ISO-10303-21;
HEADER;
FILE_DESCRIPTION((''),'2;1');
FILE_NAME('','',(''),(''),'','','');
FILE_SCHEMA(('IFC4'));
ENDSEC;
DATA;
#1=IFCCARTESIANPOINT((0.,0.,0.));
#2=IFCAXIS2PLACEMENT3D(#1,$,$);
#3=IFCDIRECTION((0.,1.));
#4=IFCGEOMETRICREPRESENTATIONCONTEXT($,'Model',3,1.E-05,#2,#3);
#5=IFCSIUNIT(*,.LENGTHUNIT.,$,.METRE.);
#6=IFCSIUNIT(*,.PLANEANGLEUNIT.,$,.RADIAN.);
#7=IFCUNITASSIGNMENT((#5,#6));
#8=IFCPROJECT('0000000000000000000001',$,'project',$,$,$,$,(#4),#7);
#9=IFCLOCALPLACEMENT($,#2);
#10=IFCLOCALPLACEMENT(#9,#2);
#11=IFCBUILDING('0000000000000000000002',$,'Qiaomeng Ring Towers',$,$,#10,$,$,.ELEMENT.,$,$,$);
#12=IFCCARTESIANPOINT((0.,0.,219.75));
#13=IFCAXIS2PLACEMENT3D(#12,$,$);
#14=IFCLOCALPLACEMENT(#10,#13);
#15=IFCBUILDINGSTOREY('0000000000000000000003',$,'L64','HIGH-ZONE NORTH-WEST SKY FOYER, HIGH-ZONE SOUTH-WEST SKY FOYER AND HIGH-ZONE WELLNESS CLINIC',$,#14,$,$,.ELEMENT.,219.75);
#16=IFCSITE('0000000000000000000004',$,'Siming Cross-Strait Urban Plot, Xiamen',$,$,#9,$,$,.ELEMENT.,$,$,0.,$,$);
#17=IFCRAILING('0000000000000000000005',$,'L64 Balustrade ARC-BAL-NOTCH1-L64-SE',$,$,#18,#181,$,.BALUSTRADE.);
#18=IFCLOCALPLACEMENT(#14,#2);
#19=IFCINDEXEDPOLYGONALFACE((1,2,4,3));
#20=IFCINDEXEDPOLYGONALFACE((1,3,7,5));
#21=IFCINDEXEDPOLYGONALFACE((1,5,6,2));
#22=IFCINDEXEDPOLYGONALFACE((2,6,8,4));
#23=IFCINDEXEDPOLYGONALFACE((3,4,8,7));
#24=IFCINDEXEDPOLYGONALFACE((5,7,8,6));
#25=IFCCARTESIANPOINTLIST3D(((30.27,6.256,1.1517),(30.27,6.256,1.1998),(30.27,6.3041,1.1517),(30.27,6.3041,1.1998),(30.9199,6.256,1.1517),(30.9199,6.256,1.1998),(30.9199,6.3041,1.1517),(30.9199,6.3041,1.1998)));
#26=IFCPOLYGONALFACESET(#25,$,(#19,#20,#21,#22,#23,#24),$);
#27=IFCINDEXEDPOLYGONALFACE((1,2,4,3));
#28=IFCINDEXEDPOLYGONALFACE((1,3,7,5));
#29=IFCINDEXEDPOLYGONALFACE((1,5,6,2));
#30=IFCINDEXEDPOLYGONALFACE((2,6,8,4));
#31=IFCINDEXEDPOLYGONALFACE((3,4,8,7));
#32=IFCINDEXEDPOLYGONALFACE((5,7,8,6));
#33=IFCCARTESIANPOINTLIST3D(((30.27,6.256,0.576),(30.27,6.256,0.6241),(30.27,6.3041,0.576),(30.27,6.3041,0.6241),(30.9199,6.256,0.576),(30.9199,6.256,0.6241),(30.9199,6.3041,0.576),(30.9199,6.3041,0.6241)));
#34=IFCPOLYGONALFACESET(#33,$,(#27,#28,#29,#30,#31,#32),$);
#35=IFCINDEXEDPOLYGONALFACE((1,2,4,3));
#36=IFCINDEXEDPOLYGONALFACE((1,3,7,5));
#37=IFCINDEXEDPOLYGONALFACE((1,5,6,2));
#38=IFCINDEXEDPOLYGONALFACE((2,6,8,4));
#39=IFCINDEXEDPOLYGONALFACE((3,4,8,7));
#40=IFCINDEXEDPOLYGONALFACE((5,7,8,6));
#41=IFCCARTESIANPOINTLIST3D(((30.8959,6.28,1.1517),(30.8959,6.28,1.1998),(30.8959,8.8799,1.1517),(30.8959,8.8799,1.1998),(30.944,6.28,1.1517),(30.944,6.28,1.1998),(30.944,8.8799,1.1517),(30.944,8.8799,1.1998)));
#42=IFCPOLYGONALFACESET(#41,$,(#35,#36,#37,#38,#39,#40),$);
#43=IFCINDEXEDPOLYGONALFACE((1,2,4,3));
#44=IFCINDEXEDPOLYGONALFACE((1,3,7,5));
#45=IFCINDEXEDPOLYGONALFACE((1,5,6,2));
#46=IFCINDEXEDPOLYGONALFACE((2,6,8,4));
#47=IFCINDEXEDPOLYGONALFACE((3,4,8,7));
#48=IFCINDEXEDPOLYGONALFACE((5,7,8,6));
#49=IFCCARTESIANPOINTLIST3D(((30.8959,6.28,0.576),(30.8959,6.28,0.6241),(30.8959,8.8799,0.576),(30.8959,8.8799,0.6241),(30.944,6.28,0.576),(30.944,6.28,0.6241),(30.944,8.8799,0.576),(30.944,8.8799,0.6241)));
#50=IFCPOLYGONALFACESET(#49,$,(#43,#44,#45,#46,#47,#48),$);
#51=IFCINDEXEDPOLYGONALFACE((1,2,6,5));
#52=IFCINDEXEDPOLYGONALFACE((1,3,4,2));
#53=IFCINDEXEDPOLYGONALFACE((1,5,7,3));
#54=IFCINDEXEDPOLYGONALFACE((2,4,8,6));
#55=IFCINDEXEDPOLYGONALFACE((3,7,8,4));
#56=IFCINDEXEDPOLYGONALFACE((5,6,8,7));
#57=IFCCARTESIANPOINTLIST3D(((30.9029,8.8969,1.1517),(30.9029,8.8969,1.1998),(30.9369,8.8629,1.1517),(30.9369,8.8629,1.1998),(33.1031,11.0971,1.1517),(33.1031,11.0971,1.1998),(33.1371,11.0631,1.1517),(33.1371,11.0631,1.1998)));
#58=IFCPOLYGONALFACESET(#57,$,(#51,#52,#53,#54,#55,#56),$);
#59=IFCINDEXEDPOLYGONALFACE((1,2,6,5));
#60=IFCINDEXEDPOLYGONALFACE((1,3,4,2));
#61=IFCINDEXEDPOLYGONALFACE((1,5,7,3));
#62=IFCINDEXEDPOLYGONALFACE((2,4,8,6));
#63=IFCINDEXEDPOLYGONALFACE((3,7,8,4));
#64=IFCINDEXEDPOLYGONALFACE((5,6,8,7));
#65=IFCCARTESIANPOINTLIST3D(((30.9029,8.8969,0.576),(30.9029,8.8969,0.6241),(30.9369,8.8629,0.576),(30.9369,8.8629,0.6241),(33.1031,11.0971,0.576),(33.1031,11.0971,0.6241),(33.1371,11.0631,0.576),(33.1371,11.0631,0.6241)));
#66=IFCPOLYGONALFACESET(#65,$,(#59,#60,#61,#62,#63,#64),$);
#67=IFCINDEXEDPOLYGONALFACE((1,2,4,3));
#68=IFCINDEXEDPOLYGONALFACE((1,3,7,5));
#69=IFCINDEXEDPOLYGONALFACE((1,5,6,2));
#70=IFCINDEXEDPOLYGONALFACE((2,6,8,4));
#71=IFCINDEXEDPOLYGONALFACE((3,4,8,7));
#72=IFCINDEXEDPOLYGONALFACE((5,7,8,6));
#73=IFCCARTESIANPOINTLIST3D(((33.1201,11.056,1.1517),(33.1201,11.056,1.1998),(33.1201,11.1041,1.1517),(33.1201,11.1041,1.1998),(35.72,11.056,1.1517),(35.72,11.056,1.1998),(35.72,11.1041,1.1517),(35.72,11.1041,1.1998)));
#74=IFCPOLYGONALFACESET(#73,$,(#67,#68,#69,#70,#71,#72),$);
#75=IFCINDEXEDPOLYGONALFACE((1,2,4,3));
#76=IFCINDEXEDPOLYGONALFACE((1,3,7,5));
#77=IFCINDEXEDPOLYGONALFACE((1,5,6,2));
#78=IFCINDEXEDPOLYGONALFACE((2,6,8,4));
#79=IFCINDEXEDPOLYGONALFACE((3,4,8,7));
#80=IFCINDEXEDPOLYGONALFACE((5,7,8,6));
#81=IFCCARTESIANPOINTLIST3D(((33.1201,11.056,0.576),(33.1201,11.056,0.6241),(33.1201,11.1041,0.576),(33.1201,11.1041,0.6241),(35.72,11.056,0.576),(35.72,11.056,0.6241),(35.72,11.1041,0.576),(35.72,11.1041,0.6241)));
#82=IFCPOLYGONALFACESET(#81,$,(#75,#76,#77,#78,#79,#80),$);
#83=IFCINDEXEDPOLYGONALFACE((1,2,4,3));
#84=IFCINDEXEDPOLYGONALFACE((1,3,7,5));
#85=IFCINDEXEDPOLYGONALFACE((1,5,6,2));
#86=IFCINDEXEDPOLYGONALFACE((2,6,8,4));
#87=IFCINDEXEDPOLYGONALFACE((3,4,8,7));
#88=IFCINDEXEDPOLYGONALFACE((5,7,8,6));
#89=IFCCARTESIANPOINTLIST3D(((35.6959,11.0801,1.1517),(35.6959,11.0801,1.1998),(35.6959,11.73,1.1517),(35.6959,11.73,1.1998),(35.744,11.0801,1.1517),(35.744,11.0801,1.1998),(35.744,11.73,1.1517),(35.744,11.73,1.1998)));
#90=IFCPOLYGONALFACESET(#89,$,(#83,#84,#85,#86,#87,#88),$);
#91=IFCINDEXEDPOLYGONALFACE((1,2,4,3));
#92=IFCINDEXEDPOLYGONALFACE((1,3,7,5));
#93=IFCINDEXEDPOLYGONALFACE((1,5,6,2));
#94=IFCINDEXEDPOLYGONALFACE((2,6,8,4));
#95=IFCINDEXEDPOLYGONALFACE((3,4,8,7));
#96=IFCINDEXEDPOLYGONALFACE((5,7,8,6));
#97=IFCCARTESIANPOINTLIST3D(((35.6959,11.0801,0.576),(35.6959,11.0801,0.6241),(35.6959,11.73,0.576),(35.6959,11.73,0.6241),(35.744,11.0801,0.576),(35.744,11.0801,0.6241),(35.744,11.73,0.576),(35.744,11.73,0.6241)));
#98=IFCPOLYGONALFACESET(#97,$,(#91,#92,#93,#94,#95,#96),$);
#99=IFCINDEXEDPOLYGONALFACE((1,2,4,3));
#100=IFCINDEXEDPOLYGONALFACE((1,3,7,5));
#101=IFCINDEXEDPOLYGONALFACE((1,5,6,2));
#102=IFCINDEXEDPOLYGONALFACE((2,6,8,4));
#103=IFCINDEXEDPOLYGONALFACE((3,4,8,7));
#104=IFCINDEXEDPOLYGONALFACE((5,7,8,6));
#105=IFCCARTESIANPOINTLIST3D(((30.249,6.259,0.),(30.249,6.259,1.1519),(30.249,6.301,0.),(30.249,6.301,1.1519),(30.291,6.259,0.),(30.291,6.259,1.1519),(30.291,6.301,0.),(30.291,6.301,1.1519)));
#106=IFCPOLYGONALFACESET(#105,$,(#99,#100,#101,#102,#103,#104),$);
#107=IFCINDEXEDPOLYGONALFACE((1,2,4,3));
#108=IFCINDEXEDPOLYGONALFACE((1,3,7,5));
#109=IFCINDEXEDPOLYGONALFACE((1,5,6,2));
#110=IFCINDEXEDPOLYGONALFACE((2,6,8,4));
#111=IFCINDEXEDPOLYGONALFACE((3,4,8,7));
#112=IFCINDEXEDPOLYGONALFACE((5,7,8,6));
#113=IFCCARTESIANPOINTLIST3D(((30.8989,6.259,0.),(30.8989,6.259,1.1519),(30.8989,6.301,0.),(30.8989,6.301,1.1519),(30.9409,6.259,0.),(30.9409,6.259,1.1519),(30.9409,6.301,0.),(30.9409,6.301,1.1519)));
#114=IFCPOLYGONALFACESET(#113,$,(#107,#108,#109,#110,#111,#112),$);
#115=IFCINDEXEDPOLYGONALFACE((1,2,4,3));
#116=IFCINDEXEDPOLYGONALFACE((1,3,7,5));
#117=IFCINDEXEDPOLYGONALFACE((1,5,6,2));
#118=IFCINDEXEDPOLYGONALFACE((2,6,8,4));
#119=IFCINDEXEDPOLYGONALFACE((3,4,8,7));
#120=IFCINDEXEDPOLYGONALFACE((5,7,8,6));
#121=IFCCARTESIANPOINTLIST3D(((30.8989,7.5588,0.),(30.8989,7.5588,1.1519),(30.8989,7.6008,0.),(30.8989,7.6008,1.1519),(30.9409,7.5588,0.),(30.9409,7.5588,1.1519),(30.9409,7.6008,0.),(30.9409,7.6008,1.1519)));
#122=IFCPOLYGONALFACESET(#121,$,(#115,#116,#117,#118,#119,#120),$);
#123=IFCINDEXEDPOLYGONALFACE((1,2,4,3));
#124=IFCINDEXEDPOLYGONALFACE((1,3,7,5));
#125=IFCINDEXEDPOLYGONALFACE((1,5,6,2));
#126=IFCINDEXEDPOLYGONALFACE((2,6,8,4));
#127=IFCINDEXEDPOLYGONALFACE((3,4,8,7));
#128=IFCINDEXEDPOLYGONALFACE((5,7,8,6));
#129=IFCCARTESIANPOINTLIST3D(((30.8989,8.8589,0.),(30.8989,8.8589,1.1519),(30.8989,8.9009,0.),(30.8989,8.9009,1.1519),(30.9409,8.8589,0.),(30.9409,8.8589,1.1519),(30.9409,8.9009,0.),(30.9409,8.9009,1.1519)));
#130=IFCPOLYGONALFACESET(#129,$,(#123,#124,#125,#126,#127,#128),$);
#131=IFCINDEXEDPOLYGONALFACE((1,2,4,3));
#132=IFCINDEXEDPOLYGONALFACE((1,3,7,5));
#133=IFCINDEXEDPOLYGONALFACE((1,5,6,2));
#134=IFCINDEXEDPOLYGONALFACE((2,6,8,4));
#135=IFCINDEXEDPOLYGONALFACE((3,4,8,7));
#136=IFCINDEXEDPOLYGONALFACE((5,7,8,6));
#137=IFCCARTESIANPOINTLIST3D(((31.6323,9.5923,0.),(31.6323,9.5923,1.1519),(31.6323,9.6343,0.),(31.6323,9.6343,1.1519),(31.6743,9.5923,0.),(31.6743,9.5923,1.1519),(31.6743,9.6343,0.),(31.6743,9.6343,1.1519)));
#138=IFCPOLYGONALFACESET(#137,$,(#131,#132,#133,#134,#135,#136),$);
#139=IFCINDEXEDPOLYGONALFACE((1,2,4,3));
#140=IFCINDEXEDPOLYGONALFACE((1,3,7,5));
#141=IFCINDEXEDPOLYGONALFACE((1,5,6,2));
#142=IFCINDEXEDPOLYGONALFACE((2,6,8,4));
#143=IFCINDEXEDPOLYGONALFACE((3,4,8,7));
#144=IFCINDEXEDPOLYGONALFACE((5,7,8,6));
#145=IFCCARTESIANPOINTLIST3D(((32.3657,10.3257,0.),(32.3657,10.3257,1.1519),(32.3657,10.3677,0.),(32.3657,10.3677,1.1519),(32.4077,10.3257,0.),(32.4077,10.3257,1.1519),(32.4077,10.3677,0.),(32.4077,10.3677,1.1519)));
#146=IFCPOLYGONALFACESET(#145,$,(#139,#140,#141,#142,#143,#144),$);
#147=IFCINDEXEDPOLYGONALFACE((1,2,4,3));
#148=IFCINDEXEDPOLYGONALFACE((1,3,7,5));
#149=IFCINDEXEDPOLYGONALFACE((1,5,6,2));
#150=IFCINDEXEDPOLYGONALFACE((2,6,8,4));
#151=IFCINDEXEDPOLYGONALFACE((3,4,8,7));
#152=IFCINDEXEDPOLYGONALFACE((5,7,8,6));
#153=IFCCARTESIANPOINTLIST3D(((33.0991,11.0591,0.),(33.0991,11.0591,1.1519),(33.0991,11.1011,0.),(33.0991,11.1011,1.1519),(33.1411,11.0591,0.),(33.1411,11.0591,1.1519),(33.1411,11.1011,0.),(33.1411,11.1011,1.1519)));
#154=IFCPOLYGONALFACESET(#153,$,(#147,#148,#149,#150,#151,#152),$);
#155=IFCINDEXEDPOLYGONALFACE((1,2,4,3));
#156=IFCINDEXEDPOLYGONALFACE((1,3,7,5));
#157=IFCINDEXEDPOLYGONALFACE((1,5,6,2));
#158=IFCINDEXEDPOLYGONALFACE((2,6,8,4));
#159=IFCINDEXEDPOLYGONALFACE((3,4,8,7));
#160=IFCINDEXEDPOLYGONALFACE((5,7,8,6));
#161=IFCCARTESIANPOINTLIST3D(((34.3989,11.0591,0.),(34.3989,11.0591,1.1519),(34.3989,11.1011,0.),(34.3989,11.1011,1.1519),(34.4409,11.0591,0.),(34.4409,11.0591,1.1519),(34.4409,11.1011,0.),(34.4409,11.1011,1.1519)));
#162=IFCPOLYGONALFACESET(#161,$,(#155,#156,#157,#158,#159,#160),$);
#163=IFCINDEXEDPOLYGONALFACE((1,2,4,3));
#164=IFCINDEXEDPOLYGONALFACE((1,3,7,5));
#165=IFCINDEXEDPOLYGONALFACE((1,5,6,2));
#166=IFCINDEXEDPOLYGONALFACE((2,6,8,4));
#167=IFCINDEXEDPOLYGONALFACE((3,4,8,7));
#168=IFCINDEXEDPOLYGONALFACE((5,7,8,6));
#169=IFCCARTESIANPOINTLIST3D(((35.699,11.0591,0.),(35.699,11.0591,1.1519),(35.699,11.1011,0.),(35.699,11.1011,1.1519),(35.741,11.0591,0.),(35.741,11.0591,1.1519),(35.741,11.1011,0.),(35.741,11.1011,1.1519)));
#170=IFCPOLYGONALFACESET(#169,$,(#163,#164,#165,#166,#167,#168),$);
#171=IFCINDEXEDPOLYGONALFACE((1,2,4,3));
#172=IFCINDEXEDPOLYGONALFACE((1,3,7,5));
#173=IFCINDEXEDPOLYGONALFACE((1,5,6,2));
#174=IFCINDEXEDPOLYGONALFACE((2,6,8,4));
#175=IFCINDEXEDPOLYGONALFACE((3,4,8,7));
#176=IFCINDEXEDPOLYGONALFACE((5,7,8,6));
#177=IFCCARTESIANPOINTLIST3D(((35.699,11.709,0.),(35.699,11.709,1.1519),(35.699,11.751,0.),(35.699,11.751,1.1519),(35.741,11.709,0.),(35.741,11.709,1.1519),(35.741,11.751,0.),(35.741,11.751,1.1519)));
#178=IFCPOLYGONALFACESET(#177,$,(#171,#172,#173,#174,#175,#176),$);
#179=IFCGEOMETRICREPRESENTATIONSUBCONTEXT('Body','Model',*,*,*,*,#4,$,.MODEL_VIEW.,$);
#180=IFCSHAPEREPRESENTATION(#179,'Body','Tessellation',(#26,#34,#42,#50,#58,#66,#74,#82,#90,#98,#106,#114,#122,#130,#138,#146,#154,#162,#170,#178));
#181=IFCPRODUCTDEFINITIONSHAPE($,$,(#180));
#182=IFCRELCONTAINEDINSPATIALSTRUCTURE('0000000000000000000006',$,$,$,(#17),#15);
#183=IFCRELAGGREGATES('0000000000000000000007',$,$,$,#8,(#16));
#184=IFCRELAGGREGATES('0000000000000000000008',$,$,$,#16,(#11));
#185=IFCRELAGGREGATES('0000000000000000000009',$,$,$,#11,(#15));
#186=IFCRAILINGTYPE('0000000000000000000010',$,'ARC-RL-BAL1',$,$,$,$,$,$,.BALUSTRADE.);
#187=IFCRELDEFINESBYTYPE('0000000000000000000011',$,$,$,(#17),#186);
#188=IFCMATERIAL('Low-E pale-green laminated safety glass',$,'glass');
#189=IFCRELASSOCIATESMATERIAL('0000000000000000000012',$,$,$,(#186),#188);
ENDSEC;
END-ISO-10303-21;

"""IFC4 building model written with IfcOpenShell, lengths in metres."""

from ifc_helpers import new_model, si_unit, direction, frame, origin, origin_2d, place, context, subcontext, project, spatial, rectangle, extrude, material, type_object, element, save


model = new_model("IFC4")

# Units and contexts
model_context = context("Model", 3, precision=1e-05, world=origin(), true_north=direction((0.0, 1.0)))
body_context = subcontext(model_context, "Body", "Model", "MODEL_VIEW")
ifc_project = project(units=[si_unit("LENGTHUNIT", "METRE"), si_unit("PLANEANGLEUNIT", "RADIAN")], contexts=[model_context])

# Site, building, storey
site_placement = place(None, origin())
site = spatial("IfcSite", under=ifc_project, at=site_placement, Name="Siming Cross-Strait Urban Plot, Xiamen", CompositionType="ELEMENT", RefElevation=0.0)
building_placement = place(site_placement, origin())
building = spatial("IfcBuilding", under=site, at=building_placement, Name="Qiaomeng Ring Towers", CompositionType="ELEMENT")
storey_placement = place(building_placement, frame((0.0, 0.0, 219.75)))
storey = spatial("IfcBuildingStorey", under=building, at=storey_placement, Name="L64", Description="HIGH-ZONE NORTH-WEST SKY FOYER, HIGH-ZONE SOUTH-WEST SKY FOYER AND HIGH-ZONE WELLNESS CLINIC", CompositionType="ELEMENT", Elevation=219.75)

# Railing
ifc_material_1 = material(Name="Low-E pale-green laminated safety glass", Category="glass")
railing_type = type_object("IfcRailingType", Name="ARC-RL-BAL1", PredefinedType="BALUSTRADE", material=ifc_material_1)
railing_placement = place(storey_placement, frame((30.27, 6.28, 0.0)))
element("IfcRailing", 1, at=railing_placement, inside=storey, type_object=railing_type, Name="L64 Balustrade ARC-BAL-NOTCH1-L64-SE", PredefinedType="BALUSTRADE", context=body_context, shape_type="SweptSolid", body=[
    extrude(rectangle(XDim=0.0481, YDim=0.0481, at=origin_2d()), frame((0.0, 0.0, 1.1758), z_axis=(1.0, 0.0, 0.0), x_axis=(0.0, 1.0, 0.0)), (0.0, 0.0, 1.0), 0.6499),
    extrude(rectangle(XDim=0.0481, YDim=0.0481, at=origin_2d()), frame((0.0, 0.0, 0.6001), z_axis=(1.0, 0.0, 0.0), x_axis=(0.0, 1.0, 0.0)), (0.0, 0.0, 1.0), 0.6499),
    extrude(rectangle(XDim=0.0481, YDim=0.0481, at=origin_2d()), frame((0.6499, 0.0, 1.1758), z_axis=(0.0, 1.0, 0.0), x_axis=(-1.0, 0.0, 0.0)), (0.0, 0.0, 1.0), 2.5999),
    extrude(rectangle(XDim=0.0481, YDim=0.0481, at=origin_2d()), frame((0.6499, 0.0, 0.6001), z_axis=(0.0, 1.0, 0.0), x_axis=(-1.0, 0.0, 0.0)), (0.0, 0.0, 1.0), 2.5999),
    extrude(rectangle(XDim=0.0481, YDim=0.0481, at=origin_2d()), frame((0.6499, 2.5999, 1.1758), z_axis=(0.707107, 0.707107, 0.0), x_axis=(-0.707107, 0.707107, 0.0)), (0.0, 0.0, 1.0), 3.1116),
    extrude(rectangle(XDim=0.0481, YDim=0.0481, at=origin_2d()), frame((0.6499, 2.5999, 0.6001), z_axis=(0.707107, 0.707107, 0.0), x_axis=(-0.707107, 0.707107, 0.0)), (0.0, 0.0, 1.0), 3.1116),
    extrude(rectangle(XDim=0.0481, YDim=0.0481, at=origin_2d()), frame((2.8501, 4.8, 1.1758), z_axis=(1.0, 0.0, 0.0), x_axis=(0.0, 1.0, 0.0)), (0.0, 0.0, 1.0), 2.5999),
    extrude(rectangle(XDim=0.0481, YDim=0.0481, at=origin_2d()), frame((2.8501, 4.8, 0.6001), z_axis=(1.0, 0.0, 0.0), x_axis=(0.0, 1.0, 0.0)), (0.0, 0.0, 1.0), 2.5999),
    extrude(rectangle(XDim=0.0481, YDim=0.0481, at=origin_2d()), frame((5.45, 4.8, 1.1758), z_axis=(0.0, 1.0, 0.0), x_axis=(-1.0, 0.0, 0.0)), (0.0, 0.0, 1.0), 0.6499),
    extrude(rectangle(XDim=0.0481, YDim=0.0481, at=origin_2d()), frame((5.45, 4.8, 0.6001), z_axis=(0.0, 1.0, 0.0), x_axis=(-1.0, 0.0, 0.0)), (0.0, 0.0, 1.0), 0.6499),
    extrude(rectangle(XDim=0.042, YDim=0.042, at=origin_2d()), origin(), (0.0, 0.0, 1.0), 1.1519),
    extrude(rectangle(XDim=0.042, YDim=0.042, at=origin_2d()), frame((0.6499, 0.0, 0.0)), (0.0, 0.0, 1.0), 1.1519),
    extrude(rectangle(XDim=0.042, YDim=0.042, at=origin_2d()), frame((0.6499, 1.2998, 0.0)), (0.0, 0.0, 1.0), 1.1519),
    extrude(rectangle(XDim=0.042, YDim=0.042, at=origin_2d()), frame((0.6499, 2.5999, 0.0)), (0.0, 0.0, 1.0), 1.1519),
    extrude(rectangle(XDim=0.042, YDim=0.042, at=origin_2d()), frame((1.3833, 3.3333, 0.0)), (0.0, 0.0, 1.0), 1.1519),
    extrude(rectangle(XDim=0.042, YDim=0.042, at=origin_2d()), frame((2.1167, 4.0667, 0.0)), (0.0, 0.0, 1.0), 1.1519),
    extrude(rectangle(XDim=0.042, YDim=0.042, at=origin_2d()), frame((2.8501, 4.8, 0.0)), (0.0, 0.0, 1.0), 1.1519),
    extrude(rectangle(XDim=0.042, YDim=0.042, at=origin_2d()), frame((4.1499, 4.8, 0.0)), (0.0, 0.0, 1.0), 1.1519),
    extrude(rectangle(XDim=0.042, YDim=0.042, at=origin_2d()), frame((5.45, 4.8, 0.0)), (0.0, 0.0, 1.0), 1.1519),
    extrude(rectangle(XDim=0.042, YDim=0.042, at=origin_2d()), frame((5.45, 5.45, 0.0)), (0.0, 0.0, 1.0), 1.1519),
])

save(model, "model.ifc")
